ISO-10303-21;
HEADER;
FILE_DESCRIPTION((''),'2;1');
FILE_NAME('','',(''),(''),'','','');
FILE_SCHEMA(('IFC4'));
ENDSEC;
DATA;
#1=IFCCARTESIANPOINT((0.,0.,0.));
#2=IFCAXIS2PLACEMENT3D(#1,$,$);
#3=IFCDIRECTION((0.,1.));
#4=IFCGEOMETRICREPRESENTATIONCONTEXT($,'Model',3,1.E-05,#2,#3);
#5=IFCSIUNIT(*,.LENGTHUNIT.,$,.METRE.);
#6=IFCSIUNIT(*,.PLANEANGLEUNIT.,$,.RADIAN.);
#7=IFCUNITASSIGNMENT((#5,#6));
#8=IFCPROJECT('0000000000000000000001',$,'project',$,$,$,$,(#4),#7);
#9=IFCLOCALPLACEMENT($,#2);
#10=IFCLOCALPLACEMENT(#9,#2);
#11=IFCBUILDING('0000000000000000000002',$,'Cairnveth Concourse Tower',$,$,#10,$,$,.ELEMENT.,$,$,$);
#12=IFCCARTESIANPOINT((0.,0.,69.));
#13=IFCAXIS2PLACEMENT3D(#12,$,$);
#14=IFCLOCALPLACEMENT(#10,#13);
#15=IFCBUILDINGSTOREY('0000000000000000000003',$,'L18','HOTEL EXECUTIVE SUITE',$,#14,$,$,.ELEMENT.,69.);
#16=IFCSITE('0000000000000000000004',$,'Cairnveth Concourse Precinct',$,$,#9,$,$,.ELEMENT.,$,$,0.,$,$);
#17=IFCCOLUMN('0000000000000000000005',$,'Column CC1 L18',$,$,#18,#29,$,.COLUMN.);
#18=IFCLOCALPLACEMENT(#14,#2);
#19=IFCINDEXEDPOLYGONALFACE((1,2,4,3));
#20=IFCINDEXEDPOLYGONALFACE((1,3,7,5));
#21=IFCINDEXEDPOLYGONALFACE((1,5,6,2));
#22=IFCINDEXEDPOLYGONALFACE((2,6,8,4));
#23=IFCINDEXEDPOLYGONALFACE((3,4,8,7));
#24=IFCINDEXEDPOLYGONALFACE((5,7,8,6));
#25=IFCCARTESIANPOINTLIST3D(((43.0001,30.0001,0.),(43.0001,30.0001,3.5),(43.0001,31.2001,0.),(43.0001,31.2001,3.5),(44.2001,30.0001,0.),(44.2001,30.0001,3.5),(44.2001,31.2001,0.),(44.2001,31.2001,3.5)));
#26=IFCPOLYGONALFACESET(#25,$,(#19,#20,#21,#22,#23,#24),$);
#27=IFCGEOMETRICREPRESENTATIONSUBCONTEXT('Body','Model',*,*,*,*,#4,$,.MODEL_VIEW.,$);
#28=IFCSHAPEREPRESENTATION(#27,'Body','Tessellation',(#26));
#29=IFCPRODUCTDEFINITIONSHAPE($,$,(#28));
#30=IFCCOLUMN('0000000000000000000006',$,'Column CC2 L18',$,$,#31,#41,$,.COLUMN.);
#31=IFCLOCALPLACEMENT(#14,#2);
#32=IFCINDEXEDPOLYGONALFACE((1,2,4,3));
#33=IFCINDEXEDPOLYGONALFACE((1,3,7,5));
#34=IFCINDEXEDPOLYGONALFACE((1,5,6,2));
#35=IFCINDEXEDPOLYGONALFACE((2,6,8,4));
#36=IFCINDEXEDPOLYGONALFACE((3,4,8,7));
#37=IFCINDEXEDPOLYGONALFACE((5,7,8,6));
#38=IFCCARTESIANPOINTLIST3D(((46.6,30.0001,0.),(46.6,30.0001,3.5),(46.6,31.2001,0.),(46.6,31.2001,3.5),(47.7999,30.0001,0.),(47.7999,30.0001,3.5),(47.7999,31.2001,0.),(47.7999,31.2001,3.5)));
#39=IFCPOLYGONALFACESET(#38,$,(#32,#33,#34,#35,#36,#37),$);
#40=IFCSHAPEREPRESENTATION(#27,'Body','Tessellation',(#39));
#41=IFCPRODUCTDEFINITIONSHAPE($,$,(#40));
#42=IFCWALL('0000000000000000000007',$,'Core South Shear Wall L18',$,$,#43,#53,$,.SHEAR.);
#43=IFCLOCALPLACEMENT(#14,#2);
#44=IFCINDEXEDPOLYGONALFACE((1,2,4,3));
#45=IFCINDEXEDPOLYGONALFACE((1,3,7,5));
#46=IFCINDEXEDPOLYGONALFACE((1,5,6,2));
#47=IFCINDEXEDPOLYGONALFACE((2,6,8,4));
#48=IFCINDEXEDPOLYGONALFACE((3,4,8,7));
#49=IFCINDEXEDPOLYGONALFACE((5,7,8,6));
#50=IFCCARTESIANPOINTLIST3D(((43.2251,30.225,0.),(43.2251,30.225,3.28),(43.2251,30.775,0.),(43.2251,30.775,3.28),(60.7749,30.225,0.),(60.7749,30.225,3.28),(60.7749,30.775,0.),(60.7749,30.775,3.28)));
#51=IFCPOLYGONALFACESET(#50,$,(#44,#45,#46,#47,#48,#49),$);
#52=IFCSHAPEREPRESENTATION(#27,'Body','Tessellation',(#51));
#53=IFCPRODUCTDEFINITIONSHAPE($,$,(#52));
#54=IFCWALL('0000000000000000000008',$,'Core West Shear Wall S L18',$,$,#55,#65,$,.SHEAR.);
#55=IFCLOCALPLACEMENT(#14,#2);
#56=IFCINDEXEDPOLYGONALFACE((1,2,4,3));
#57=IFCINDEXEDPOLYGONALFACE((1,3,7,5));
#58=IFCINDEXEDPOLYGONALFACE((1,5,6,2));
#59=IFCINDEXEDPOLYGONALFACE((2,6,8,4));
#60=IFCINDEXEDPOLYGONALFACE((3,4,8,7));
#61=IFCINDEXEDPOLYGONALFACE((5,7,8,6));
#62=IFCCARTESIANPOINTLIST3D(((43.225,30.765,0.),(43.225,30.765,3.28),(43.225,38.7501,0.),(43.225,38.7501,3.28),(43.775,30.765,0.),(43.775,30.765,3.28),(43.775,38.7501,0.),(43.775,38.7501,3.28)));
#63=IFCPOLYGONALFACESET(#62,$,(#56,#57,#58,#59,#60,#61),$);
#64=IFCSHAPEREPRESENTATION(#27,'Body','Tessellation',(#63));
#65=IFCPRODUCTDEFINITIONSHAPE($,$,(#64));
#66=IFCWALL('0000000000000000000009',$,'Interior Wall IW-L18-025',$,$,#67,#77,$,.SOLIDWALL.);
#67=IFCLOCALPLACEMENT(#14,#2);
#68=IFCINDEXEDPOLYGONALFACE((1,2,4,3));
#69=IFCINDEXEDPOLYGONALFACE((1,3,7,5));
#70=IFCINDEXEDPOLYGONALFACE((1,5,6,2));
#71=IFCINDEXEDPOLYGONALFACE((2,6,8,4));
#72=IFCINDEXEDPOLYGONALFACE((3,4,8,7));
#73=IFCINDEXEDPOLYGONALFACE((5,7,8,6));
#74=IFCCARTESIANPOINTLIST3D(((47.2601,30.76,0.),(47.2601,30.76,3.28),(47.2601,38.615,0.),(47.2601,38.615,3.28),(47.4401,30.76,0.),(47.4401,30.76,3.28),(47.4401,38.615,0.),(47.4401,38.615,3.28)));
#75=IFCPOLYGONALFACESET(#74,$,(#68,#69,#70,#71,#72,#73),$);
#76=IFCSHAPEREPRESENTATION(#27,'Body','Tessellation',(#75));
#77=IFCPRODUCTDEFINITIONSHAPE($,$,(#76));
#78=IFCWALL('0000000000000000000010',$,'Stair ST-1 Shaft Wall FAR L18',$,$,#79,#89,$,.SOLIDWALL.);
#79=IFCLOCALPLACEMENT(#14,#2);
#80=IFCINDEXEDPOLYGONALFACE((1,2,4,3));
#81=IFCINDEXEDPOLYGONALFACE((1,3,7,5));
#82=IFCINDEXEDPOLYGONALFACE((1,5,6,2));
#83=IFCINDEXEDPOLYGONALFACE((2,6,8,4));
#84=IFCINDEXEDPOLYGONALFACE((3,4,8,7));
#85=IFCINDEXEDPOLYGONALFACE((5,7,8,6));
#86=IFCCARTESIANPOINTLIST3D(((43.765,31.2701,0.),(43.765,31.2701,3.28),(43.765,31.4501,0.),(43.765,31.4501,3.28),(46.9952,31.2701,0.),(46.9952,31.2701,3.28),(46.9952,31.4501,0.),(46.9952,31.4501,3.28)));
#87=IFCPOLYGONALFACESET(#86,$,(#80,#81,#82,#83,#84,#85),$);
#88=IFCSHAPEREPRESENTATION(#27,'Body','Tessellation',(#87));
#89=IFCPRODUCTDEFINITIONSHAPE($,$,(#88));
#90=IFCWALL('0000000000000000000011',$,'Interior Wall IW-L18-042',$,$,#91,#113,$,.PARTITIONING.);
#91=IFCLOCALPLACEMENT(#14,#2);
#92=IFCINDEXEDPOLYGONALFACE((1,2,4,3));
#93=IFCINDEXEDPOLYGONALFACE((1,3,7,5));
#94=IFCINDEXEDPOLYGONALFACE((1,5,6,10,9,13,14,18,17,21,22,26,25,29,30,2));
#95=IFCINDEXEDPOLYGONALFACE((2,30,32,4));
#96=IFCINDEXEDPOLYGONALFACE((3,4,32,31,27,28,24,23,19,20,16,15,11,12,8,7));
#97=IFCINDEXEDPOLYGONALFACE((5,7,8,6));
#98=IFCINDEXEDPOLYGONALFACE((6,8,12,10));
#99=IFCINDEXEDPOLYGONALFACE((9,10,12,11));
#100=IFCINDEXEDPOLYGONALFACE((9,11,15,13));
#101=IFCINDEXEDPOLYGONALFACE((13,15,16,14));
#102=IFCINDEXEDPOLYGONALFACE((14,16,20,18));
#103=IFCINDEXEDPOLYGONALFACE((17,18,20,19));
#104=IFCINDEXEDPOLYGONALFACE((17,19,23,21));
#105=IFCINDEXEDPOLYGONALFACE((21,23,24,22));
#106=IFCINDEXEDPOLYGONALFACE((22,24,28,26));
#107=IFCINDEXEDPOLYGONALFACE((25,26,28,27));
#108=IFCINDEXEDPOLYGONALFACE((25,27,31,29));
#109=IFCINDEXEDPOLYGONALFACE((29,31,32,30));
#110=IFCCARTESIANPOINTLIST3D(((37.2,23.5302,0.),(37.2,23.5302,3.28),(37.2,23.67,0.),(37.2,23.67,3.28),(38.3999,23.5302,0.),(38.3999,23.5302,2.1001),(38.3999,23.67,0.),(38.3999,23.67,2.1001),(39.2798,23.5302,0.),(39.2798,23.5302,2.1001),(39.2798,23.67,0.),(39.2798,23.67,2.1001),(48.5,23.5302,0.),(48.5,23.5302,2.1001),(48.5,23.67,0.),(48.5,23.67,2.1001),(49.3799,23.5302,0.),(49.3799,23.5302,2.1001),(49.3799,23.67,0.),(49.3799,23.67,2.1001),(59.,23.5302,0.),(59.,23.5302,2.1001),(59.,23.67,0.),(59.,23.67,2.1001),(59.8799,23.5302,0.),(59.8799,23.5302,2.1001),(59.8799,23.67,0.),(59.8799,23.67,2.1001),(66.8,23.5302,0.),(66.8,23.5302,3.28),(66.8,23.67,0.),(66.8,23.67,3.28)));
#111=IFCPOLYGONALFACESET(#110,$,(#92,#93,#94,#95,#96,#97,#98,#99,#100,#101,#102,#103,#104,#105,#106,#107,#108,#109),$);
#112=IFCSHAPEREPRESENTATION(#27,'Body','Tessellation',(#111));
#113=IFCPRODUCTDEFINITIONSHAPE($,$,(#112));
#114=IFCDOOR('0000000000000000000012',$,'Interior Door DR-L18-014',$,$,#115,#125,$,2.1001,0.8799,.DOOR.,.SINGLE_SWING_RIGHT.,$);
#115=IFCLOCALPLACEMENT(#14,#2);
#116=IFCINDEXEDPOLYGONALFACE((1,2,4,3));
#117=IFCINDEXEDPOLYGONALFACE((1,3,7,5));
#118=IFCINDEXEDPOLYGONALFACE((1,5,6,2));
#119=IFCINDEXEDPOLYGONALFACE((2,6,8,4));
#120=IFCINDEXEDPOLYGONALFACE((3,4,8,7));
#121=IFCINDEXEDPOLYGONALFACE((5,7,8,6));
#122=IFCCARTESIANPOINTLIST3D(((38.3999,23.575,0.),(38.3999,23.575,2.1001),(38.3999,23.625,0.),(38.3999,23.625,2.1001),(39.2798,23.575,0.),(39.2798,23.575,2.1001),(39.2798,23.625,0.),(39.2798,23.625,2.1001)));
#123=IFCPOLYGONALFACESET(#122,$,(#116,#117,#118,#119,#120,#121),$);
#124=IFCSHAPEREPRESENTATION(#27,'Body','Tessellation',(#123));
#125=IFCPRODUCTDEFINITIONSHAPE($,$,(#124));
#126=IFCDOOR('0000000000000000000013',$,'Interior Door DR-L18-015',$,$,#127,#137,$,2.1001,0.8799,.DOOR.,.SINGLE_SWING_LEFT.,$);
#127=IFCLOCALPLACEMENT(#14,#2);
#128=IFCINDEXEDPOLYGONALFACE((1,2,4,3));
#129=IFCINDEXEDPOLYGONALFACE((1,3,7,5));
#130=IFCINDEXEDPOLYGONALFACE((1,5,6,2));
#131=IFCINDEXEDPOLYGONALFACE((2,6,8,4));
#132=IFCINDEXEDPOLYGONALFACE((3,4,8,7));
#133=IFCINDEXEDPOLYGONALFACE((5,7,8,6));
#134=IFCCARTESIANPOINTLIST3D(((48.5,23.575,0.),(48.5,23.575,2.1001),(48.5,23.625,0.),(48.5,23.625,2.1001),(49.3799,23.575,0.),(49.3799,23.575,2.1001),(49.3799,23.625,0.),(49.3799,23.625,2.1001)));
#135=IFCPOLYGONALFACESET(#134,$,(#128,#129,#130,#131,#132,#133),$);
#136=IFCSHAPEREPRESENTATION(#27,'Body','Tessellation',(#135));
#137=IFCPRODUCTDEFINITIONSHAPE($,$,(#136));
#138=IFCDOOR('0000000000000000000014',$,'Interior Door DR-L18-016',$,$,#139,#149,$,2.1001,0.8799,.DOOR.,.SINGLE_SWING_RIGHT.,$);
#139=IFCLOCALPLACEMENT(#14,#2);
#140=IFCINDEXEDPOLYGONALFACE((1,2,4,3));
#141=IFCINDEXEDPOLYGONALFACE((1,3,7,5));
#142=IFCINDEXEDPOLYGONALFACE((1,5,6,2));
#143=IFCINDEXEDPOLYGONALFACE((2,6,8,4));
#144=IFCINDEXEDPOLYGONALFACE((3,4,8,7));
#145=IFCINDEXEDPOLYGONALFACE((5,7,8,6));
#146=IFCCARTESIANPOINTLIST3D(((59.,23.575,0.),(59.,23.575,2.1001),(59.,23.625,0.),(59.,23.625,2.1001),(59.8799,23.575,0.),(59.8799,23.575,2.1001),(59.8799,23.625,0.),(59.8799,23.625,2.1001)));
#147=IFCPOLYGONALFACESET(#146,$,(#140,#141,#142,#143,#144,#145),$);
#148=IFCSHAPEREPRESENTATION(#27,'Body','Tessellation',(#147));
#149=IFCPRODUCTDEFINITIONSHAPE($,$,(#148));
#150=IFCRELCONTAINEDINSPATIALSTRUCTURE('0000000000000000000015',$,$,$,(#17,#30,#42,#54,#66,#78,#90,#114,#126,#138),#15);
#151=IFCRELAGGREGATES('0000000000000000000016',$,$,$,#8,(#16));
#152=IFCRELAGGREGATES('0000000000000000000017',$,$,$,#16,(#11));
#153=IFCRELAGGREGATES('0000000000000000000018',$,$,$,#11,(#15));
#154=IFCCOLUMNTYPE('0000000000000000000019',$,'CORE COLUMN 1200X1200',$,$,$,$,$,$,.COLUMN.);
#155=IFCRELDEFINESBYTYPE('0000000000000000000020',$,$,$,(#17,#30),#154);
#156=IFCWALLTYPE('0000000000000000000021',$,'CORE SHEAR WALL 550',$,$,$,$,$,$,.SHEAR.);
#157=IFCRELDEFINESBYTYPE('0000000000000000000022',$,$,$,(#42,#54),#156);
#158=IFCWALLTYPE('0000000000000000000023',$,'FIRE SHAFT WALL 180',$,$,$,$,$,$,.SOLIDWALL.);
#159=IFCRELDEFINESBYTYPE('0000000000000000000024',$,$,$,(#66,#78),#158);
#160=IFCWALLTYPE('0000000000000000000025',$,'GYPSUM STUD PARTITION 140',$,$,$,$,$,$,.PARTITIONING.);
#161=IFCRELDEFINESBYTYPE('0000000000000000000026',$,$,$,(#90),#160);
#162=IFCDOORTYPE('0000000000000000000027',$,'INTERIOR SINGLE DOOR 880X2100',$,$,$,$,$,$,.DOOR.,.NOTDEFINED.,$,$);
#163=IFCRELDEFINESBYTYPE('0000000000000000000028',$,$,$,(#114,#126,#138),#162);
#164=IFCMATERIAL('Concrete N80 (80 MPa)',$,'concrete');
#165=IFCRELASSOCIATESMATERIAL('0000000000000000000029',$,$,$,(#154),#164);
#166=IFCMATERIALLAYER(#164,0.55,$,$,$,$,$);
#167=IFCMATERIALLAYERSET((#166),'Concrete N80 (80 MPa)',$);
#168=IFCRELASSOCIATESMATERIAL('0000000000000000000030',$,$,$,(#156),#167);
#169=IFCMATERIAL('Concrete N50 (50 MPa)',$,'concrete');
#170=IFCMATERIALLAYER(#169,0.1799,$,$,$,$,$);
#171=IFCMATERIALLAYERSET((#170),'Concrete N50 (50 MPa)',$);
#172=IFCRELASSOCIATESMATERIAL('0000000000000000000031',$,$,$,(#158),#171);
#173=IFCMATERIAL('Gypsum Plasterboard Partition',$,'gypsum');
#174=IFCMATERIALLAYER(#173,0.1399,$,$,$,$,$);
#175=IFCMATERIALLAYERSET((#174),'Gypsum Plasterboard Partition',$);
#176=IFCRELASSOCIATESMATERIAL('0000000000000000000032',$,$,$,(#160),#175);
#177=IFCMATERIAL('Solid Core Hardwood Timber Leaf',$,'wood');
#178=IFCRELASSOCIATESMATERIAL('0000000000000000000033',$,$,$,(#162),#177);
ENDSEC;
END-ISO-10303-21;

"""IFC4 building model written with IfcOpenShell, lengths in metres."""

from ifc_helpers import new_model, si_unit, direction, frame, frame_2d, origin, origin_2d, place, context, subcontext, project, spatial, rectangle, extrude, material, layer, layer_set, material_profile, profile_set, type_object, element, fill, save


model = new_model("IFC4")

# Units and contexts
model_context = context("Model", 3, precision=1e-05, world=origin(), true_north=direction((0.0, 1.0)))
body_context = subcontext(model_context, "Body", "Model", "MODEL_VIEW")
ifc_project = project(units=[si_unit("LENGTHUNIT", "METRE"), si_unit("PLANEANGLEUNIT", "RADIAN")], contexts=[model_context])

# Site, building, storey
site_placement = place(None, origin())
site = spatial("IfcSite", under=ifc_project, at=site_placement, Name="Cairnveth Concourse Precinct", CompositionType="ELEMENT", RefElevation=0.0)
building_placement = place(site_placement, origin())
building = spatial("IfcBuilding", under=site, at=building_placement, Name="Cairnveth Concourse Tower", CompositionType="ELEMENT")
storey_placement = place(building_placement, frame((0.0, 0.0, 69.0)))
storey = spatial("IfcBuildingStorey", under=building, at=storey_placement, Name="L18", Description="HOTEL EXECUTIVE SUITE", CompositionType="ELEMENT", Elevation=69.0)

# Columns
ifc_material_1 = material(Name="Concrete N80 (80 MPa)", Category="concrete")
ifc_material_profile = material_profile(ifc_material_1, rectangle(XDim=1.2, YDim=1.2, at=origin_2d()), Name="RC-COL-1200x1200")
ifc_profile_set = profile_set([ifc_material_profile], Name="Concrete N80 (80 MPa)")
column_type = type_object("IfcColumnType", Name="CORE COLUMN 1200X1200", PredefinedType="COLUMN", material=ifc_profile_set)
for number, where, z_axis, x_axis, name in (
    (1, (43.6001, 30.6001, 0.0), (0.0, 0.0, 1.0), (1.0, 0.0, 0.0), "Column CC1 L18"),
    (2, (47.2, 30.6001, 0.0), (0.0, 0.0, 1.0), (1.0, 0.0, 0.0), "Column CC2 L18"),
):
    element("IfcColumn", number, at=place(storey_placement, frame(where, z_axis=z_axis, x_axis=x_axis)), inside=storey, type_object=column_type, Name=name, PredefinedType="COLUMN", context=body_context, shape_type="SweptSolid", body=[
        extrude(rectangle(XDim=1.2, YDim=1.2, at=origin_2d()), origin(), (0.0, 0.0, 1.0), 3.5),
    ])

# Walls
ifc_layer_1 = layer(ifc_material_1, 0.55)
ifc_layer_set_1 = layer_set([ifc_layer_1], Name="Concrete N80 (80 MPa)")
wall_type_1 = type_object("IfcWallType", Name="CORE SHEAR WALL 550", PredefinedType="SHEAR", material=ifc_layer_set_1)
wall_1_placement = place(storey_placement, frame((43.2251, 30.5, 0.0), z_axis=(0.0, 0.0, 1.0), x_axis=(1.0, 0.0, 0.0)))
element("IfcWall", 3, at=wall_1_placement, inside=storey, type_object=wall_type_1, Name="Core South Shear Wall L18", PredefinedType="SHEAR", context=body_context, shape_type="SweptSolid", body=[
    extrude(rectangle(XDim=17.5498, YDim=0.55, at=frame_2d((8.7749, 0.0))), origin(), (0.0, 0.0, 1.0), 3.28),
])
wall_2_placement = place(storey_placement, frame((43.5, 30.7649, 0.0), z_axis=(0.0, 0.0, 1.0), x_axis=(0.0, 1.0, 0.0)))
element("IfcWall", 4, at=wall_2_placement, inside=storey, type_object=wall_type_1, Name="Core West Shear Wall S L18", PredefinedType="SHEAR", context=body_context, shape_type="SweptSolid", body=[
    extrude(rectangle(XDim=7.9851, YDim=0.55, at=frame_2d((3.9927, 0.0))), origin(), (0.0, 0.0, 1.0), 3.28),
])
ifc_material_2 = material(Name="Concrete N50 (50 MPa)", Category="concrete")
ifc_layer_2 = layer(ifc_material_2, 0.1799)
ifc_layer_set_2 = layer_set([ifc_layer_2], Name="Concrete N50 (50 MPa)")
wall_type_2 = type_object("IfcWallType", Name="FIRE SHAFT WALL 180", PredefinedType="SOLIDWALL", material=ifc_layer_set_2)
wall_3_placement = place(storey_placement, frame((47.3501, 30.76, 0.0), z_axis=(0.0, 0.0, 1.0), x_axis=(0.0, 1.0, 0.0)))
element("IfcWall", 5, at=wall_3_placement, inside=storey, type_object=wall_type_2, Name="Interior Wall IW-L18-025", PredefinedType="SOLIDWALL", context=body_context, shape_type="SweptSolid", body=[
    extrude(rectangle(XDim=7.855, YDim=0.1799, at=frame_2d((3.9275, 0.0))), origin(), (0.0, 0.0, 1.0), 3.28),
])
wall_4_placement = place(storey_placement, frame((43.7649, 31.3601, 0.0), z_axis=(0.0, 0.0, 1.0), x_axis=(1.0, 0.0, 0.0)))
element("IfcWall", 6, at=wall_4_placement, inside=storey, type_object=wall_type_2, Name="Stair ST-1 Shaft Wall FAR L18", PredefinedType="SOLIDWALL", context=body_context, shape_type="SweptSolid", body=[
    extrude(rectangle(XDim=3.2302, YDim=0.1799, at=frame_2d((1.6152, 0.0))), origin(), (0.0, 0.0, 1.0), 3.28),
])

# Wall, openings, doors
ifc_material_3 = material(Name="Gypsum Plasterboard Partition", Category="gypsum")
ifc_layer_3 = layer(ifc_material_3, 0.1399)
ifc_layer_set_3 = layer_set([ifc_layer_3], Name="Gypsum Plasterboard Partition")
wall_type_3 = type_object("IfcWallType", Name="GYPSUM STUD PARTITION 140", PredefinedType="PARTITIONING", material=ifc_layer_set_3)
wall_5_placement = place(storey_placement, frame((37.2, 23.6001, 0.0), z_axis=(0.0, 0.0, 1.0), x_axis=(1.0, 0.0, 0.0)))
wall_5 = element("IfcWall", 7, at=wall_5_placement, inside=storey, type_object=wall_type_3, Name="Interior Wall IW-L18-042", PredefinedType="PARTITIONING", context=body_context, shape_type="SweptSolid", body=[
    extrude(rectangle(XDim=29.6001, YDim=0.1399, at=frame_2d((14.8, 0.0))), origin(), (0.0, 0.0, 1.0), 3.28),
])
opening_1_placement = place(wall_5_placement, frame((1.2, 0.0, 0.0)))
opening_1 = element("IfcOpeningElement", 8, at=opening_1_placement, cuts=wall_5, PredefinedType="OPENING", context=body_context, shape_type="SweptSolid", body=[
    extrude(rectangle(XDim=0.8799, YDim=2.1001, at=frame_2d((0.4399, 1.05))), frame((0.0, 0.0798, 0.0), z_axis=(0.0, -1.0, 0.0), x_axis=(1.0, 0.0, 0.0)), (0.0, 0.0, 1.0), 0.1599),
])
opening_2_placement = place(wall_5_placement, frame((11.3, 0.0, 0.0)))
opening_2 = element("IfcOpeningElement", 9, at=opening_2_placement, cuts=wall_5, PredefinedType="OPENING", context=body_context, shape_type="SweptSolid", body=[
    extrude(rectangle(XDim=0.8799, YDim=2.1001, at=frame_2d((0.4399, 1.05))), frame((0.0, 0.0798, 0.0), z_axis=(0.0, -1.0, 0.0), x_axis=(1.0, 0.0, 0.0)), (0.0, 0.0, 1.0), 0.1599),
])
opening_3_placement = place(wall_5_placement, frame((21.8, 0.0, 0.0)))
opening_3 = element("IfcOpeningElement", 10, at=opening_3_placement, cuts=wall_5, PredefinedType="OPENING", context=body_context, shape_type="SweptSolid", body=[
    extrude(rectangle(XDim=0.8799, YDim=2.1001, at=frame_2d((0.4399, 1.05))), frame((0.0, 0.0798, 0.0), z_axis=(0.0, -1.0, 0.0), x_axis=(1.0, 0.0, 0.0)), (0.0, 0.0, 1.0), 0.1599),
])
ifc_material_4 = material(Name="Solid Core Hardwood Timber Leaf", Category="wood")
door_type_1 = type_object("IfcDoorType", Name="INTERIOR SINGLE DOOR 880X2100", OperationType="NOTDEFINED", PredefinedType="DOOR", material=ifc_material_4)
door_1_placement = place(opening_1_placement, origin())
door_1 = element("IfcDoor", 11, at=door_1_placement, inside=storey, type_object=door_type_1, Name="Interior Door DR-L18-014", OperationType="SINGLE_SWING_RIGHT", OverallHeight=2.1001, OverallWidth=0.8799, PredefinedType="DOOR", context=body_context, shape_type="SweptSolid", body=[
    extrude(rectangle(XDim=0.8799, YDim=2.1001, at=frame_2d((0.4399, 1.05))), frame((0.0, 0.0249, 0.0), z_axis=(0.0, -1.0, 0.0), x_axis=(1.0, 0.0, 0.0)), (0.0, 0.0, 1.0), 0.05),
])
fill(opening_1, door_1)
door_2_placement = place(opening_2_placement, origin())
door_2 = element("IfcDoor", 12, at=door_2_placement, inside=storey, type_object=door_type_1, Name="Interior Door DR-L18-015", OperationType="SINGLE_SWING_LEFT", OverallHeight=2.1001, OverallWidth=0.8799, PredefinedType="DOOR", context=body_context, shape_type="SweptSolid", body=[
    extrude(rectangle(XDim=0.8799, YDim=2.1001, at=frame_2d((0.4399, 1.05))), frame((0.0, 0.0249, 0.0), z_axis=(0.0, -1.0, 0.0), x_axis=(1.0, 0.0, 0.0)), (0.0, 0.0, 1.0), 0.05),
])
fill(opening_2, door_2)
door_3_placement = place(opening_3_placement, origin())
door_3 = element("IfcDoor", 13, at=door_3_placement, inside=storey, type_object=door_type_1, Name="Interior Door DR-L18-016", OperationType="SINGLE_SWING_RIGHT", OverallHeight=2.1001, OverallWidth=0.8799, PredefinedType="DOOR", context=body_context, shape_type="SweptSolid", body=[
    extrude(rectangle(XDim=0.8799, YDim=2.1001, at=frame_2d((0.4399, 1.05))), frame((0.0, 0.0249, 0.0), z_axis=(0.0, -1.0, 0.0), x_axis=(1.0, 0.0, 0.0)), (0.0, 0.0, 1.0), 0.05),
])
fill(opening_3, door_3)

save(model, "model.ifc")
